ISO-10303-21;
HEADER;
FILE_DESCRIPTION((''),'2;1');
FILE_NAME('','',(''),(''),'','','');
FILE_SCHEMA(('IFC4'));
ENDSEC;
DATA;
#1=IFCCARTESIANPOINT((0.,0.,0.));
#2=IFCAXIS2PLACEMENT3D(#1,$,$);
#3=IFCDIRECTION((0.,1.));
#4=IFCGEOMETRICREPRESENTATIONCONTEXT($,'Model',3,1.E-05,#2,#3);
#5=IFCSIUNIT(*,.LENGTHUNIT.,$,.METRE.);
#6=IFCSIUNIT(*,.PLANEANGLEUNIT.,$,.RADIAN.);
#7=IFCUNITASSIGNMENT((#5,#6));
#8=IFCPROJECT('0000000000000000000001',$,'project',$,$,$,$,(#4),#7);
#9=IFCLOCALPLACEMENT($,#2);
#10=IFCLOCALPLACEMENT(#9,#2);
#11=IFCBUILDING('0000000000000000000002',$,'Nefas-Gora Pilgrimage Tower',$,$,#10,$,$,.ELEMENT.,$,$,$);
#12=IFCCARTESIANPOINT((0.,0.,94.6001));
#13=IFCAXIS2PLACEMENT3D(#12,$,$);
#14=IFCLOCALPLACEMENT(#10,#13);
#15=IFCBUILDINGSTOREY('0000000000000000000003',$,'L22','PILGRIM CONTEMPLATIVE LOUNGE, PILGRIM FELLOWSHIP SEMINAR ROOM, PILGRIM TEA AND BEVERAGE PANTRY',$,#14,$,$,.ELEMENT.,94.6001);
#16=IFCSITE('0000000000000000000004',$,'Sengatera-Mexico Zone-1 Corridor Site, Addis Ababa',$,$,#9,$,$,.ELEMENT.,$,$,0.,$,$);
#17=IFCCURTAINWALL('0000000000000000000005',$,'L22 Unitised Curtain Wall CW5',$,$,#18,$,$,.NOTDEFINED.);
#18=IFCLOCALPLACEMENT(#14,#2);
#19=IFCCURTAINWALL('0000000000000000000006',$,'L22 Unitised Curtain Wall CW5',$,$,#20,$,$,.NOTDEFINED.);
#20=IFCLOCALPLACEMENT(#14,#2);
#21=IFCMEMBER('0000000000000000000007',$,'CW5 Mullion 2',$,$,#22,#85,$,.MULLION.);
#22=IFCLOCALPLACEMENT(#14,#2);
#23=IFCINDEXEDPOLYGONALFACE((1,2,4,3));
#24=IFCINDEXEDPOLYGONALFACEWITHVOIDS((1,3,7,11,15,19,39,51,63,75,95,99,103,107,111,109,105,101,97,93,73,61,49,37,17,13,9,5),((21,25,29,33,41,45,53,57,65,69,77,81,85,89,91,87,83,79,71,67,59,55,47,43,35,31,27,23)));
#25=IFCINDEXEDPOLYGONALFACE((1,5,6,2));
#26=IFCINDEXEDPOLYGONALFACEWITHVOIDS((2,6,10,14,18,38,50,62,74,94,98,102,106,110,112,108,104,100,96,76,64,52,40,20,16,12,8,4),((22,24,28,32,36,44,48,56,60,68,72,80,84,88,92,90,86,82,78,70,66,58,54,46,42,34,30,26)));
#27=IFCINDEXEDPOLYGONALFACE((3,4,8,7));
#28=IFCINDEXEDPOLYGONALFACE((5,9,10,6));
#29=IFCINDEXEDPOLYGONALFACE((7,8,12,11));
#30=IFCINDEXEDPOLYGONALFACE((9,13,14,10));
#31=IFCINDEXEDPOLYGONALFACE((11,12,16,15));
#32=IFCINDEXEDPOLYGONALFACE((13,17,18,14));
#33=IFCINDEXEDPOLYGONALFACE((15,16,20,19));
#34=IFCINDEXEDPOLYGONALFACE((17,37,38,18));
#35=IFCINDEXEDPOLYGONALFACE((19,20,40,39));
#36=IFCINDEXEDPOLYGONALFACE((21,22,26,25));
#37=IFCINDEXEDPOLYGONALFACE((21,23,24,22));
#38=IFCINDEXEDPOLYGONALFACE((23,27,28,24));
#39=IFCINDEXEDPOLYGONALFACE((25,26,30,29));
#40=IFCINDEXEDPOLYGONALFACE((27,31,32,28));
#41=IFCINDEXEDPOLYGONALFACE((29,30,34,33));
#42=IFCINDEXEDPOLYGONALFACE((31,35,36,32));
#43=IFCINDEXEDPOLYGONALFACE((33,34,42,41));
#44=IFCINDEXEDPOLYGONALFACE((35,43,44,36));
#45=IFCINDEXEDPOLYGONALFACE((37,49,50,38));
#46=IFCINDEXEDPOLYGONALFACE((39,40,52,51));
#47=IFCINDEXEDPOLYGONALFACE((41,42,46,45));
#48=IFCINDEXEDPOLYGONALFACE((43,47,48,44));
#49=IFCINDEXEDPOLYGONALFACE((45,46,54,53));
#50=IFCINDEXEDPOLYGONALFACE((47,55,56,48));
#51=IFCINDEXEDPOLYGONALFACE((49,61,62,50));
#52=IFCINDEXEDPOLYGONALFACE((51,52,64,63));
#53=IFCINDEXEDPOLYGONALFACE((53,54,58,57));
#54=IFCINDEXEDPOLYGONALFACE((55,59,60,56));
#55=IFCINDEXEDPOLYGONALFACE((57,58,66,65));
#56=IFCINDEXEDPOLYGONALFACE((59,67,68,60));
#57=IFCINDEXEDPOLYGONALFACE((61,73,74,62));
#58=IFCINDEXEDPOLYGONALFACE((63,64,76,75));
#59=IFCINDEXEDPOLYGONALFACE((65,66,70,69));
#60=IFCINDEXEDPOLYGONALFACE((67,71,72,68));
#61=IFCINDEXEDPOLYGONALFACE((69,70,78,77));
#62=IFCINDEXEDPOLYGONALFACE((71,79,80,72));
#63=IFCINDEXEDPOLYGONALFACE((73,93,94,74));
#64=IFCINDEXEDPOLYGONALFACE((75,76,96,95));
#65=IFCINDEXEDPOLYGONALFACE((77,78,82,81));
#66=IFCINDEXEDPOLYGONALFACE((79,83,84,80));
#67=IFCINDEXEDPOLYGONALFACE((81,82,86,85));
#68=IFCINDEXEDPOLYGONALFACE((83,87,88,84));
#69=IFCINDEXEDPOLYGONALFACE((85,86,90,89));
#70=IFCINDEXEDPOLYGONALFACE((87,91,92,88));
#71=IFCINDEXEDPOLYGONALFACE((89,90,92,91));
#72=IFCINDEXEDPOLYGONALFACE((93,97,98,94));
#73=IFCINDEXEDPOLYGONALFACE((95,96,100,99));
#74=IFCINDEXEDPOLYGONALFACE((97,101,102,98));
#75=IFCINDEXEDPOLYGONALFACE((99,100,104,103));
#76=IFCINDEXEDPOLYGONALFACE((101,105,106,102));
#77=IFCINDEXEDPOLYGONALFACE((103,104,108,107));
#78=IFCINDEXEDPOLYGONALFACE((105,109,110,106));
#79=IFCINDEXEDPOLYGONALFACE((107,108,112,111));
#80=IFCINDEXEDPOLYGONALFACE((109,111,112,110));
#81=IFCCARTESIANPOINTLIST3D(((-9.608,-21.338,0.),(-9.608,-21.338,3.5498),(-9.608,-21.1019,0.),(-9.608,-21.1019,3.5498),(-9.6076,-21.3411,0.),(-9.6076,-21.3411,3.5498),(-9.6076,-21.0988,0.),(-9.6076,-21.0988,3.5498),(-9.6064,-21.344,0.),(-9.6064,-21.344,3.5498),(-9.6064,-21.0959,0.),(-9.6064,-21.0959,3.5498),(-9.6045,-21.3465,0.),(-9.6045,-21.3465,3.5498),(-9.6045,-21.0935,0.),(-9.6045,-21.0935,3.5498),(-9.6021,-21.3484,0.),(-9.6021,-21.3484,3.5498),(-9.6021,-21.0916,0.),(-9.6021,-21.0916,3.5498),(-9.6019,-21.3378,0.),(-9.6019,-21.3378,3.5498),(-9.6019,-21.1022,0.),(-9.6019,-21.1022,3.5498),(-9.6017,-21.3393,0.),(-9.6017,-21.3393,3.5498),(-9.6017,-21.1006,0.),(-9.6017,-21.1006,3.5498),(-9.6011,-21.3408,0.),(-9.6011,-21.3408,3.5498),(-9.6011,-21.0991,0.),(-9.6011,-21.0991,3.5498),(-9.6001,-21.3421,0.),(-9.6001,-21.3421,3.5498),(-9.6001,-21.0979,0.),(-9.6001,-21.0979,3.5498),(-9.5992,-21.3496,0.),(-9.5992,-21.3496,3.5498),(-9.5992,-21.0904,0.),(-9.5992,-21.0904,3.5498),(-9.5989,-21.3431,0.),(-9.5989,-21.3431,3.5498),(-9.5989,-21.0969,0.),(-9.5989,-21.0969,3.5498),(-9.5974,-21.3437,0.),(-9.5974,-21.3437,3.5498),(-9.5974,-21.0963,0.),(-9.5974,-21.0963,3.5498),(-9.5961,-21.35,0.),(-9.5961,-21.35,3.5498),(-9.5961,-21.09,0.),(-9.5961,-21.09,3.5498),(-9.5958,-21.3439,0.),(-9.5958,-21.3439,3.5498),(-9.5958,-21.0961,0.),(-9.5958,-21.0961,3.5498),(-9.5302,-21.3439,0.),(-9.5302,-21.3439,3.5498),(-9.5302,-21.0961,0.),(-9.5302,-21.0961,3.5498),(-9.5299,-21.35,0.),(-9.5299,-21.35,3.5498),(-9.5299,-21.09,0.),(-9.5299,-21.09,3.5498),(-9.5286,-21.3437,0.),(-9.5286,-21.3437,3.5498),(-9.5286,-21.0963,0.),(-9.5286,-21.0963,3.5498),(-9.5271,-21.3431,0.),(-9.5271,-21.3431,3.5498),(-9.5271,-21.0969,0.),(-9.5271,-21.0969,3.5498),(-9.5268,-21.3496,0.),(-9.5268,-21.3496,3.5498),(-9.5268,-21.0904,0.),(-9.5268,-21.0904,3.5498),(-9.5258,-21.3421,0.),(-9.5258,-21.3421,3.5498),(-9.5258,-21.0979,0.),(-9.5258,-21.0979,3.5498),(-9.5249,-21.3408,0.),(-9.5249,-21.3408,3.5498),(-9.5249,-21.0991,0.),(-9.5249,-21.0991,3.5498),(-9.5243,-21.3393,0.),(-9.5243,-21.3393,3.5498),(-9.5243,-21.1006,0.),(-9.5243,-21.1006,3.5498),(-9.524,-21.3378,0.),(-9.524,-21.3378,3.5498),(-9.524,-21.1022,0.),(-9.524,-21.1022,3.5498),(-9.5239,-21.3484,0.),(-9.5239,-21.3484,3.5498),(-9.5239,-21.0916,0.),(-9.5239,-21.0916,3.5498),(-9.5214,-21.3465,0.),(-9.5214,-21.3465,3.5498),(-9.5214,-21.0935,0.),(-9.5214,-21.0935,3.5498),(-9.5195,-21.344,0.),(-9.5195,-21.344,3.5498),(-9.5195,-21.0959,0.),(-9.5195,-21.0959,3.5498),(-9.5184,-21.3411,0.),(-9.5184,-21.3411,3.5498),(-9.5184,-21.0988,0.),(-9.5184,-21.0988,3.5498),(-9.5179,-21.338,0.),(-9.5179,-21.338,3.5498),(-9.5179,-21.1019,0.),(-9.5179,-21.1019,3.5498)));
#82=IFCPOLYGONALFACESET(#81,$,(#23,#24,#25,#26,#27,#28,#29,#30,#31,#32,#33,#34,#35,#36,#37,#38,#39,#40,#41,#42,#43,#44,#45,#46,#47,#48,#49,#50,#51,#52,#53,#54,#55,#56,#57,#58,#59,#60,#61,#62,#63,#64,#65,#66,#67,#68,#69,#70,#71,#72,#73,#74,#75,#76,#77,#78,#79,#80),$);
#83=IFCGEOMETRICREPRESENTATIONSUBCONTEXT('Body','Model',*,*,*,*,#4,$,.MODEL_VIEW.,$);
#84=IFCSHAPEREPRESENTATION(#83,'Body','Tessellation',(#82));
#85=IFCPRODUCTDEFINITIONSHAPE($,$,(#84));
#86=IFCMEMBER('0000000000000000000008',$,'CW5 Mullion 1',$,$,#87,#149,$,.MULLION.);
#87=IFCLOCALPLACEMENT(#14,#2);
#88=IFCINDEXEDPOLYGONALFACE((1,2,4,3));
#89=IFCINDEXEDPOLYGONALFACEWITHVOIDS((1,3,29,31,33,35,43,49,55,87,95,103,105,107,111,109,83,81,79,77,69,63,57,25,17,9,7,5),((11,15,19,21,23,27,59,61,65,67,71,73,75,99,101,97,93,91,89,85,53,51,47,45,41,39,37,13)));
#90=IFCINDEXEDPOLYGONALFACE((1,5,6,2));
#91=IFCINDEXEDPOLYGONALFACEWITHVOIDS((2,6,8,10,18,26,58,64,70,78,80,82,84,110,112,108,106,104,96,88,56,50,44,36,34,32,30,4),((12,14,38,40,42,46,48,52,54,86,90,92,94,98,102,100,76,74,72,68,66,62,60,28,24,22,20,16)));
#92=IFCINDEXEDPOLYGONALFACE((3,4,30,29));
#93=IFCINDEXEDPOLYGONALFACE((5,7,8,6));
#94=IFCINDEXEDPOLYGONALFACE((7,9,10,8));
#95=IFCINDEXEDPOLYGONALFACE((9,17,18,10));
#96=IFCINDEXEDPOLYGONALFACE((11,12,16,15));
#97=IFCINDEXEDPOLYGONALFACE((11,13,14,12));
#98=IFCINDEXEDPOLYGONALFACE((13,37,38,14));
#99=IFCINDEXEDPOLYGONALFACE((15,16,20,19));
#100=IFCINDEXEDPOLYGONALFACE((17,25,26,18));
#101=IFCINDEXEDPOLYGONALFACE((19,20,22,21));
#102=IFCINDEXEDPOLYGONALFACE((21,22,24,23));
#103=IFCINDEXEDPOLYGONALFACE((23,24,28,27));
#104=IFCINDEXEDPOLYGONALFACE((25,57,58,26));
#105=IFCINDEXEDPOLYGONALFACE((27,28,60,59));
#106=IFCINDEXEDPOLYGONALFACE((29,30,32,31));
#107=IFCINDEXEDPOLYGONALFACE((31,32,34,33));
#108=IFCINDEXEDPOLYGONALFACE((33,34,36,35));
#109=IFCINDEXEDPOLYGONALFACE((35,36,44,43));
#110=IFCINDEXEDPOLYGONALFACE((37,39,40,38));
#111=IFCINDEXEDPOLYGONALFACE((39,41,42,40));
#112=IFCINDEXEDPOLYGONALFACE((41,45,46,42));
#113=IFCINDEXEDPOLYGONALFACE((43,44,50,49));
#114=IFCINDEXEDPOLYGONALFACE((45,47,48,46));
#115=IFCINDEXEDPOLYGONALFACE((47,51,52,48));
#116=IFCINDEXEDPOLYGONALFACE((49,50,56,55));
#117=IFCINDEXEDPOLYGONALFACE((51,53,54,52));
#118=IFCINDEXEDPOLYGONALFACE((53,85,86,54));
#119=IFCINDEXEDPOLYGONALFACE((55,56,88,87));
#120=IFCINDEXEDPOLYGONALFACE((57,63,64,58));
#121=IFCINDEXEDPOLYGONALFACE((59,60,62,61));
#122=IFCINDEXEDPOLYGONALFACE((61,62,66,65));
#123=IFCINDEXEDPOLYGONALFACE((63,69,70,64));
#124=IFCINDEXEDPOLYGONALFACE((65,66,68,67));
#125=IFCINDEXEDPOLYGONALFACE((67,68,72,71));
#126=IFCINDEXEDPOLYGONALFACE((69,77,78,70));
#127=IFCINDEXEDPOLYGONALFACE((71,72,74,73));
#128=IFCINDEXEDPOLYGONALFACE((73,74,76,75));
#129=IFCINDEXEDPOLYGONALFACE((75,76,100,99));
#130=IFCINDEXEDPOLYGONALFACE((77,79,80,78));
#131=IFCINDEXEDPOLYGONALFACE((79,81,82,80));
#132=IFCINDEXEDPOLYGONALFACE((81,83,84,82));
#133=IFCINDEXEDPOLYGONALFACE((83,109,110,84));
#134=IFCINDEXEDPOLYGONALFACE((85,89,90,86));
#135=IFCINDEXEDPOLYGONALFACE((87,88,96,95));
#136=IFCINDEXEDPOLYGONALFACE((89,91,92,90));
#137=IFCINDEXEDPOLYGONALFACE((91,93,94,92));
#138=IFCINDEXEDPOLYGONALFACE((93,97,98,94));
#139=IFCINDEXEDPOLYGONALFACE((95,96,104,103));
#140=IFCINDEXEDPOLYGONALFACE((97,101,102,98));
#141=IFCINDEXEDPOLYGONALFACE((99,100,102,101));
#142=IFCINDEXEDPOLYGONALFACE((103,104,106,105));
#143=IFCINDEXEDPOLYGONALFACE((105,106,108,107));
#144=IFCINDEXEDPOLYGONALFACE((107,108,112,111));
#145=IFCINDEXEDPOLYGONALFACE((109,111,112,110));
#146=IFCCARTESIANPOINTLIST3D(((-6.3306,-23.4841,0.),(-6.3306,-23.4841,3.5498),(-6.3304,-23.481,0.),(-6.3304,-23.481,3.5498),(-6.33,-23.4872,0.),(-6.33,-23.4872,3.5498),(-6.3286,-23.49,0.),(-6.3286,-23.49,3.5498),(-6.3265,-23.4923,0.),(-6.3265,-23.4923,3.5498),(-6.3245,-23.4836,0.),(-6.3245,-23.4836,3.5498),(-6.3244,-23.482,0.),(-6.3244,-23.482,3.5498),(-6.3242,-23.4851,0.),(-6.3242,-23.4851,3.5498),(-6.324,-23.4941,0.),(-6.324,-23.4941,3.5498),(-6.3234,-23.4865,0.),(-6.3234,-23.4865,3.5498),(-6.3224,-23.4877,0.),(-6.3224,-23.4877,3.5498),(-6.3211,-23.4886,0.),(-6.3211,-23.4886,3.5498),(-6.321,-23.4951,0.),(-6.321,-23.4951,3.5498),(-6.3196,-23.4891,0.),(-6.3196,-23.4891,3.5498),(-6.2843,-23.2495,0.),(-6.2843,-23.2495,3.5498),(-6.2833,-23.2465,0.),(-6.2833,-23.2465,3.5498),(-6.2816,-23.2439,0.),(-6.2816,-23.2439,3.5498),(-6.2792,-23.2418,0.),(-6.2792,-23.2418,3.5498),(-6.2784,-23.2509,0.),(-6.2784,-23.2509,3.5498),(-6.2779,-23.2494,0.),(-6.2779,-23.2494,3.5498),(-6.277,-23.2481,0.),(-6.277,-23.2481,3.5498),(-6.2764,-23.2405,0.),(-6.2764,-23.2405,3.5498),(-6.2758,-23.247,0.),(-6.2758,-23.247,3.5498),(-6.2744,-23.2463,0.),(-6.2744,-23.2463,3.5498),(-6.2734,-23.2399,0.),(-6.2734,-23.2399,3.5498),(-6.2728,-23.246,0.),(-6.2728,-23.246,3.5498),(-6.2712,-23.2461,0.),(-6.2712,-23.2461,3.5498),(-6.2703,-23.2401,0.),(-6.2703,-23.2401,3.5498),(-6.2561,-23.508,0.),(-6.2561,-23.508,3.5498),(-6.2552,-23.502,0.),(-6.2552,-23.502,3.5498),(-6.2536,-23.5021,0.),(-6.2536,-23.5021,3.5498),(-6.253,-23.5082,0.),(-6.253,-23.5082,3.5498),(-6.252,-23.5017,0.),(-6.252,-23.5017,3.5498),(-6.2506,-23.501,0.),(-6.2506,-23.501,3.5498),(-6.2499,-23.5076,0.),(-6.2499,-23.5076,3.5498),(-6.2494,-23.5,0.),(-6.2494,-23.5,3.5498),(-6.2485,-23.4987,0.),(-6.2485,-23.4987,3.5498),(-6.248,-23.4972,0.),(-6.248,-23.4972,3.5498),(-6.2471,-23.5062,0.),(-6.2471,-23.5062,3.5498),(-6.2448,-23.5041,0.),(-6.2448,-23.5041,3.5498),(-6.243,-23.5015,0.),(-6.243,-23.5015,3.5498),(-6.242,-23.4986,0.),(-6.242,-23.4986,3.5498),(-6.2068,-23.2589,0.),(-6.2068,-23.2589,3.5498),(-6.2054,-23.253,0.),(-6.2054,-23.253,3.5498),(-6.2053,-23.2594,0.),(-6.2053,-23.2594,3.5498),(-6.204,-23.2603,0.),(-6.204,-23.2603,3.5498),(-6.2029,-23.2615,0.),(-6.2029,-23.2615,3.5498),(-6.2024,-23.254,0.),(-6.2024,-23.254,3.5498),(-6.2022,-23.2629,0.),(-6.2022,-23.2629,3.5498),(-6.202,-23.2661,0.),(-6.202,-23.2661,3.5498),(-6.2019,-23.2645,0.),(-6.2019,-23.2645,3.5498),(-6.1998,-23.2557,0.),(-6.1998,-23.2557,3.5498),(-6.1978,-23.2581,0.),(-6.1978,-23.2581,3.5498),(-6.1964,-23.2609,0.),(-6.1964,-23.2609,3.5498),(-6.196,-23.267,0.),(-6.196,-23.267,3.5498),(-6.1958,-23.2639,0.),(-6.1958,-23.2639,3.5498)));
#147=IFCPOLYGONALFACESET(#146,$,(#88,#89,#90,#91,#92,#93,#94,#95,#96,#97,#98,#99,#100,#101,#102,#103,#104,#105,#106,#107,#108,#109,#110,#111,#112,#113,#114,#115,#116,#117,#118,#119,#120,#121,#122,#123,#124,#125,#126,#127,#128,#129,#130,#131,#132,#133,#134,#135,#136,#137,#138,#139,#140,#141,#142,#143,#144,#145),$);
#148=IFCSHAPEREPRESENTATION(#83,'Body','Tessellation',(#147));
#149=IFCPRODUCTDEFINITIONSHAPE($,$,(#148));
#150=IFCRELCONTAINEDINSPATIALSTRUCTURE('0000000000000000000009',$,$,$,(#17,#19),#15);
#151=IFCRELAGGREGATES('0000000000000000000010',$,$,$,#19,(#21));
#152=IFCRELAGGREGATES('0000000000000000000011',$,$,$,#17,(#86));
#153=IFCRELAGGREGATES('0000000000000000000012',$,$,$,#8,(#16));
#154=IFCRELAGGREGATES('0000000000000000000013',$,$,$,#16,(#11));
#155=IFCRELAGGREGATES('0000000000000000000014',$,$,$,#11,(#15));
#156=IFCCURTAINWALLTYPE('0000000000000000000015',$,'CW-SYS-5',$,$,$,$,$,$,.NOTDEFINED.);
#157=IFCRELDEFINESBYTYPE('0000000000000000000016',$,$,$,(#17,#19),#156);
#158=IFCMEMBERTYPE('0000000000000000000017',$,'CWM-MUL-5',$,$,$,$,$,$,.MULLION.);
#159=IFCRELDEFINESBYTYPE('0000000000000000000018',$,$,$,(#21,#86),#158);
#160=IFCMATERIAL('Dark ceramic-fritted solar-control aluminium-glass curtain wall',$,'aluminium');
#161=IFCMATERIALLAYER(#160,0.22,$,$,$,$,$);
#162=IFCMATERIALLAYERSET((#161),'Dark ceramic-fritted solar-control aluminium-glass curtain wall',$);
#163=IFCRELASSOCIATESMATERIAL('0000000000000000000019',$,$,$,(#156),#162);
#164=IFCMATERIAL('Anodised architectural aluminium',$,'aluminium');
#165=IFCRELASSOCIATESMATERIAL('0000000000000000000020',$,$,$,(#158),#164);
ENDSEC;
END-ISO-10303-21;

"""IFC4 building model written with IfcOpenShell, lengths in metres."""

from ifc_helpers import new_model, si_unit, direction, frame, origin, origin_2d, place, context, subcontext, project, spatial, hollow_rectangle, extrude, source, transform, mapped, material, layer, layer_set, material_profile, profile_set, type_object, element, aggregate, save


model = new_model("IFC4")

# Units and contexts
model_context = context("Model", 3, precision=1e-05, world=origin(), true_north=direction((0.0, 1.0)))
body_context = subcontext(model_context, "Body", "Model", "MODEL_VIEW")
ifc_project = project(units=[si_unit("LENGTHUNIT", "METRE"), si_unit("PLANEANGLEUNIT", "RADIAN")], contexts=[model_context])

# Site, building, storey
site_placement = place(None, origin())
site = spatial("IfcSite", under=ifc_project, at=site_placement, Name="Sengatera-Mexico Zone-1 Corridor Site, Addis Ababa", CompositionType="ELEMENT", RefElevation=0.0)
building_placement = place(site_placement, origin())
building = spatial("IfcBuilding", under=site, at=building_placement, Name="Nefas-Gora Pilgrimage Tower", CompositionType="ELEMENT")
storey_placement = place(building_placement, frame((0.0, 0.0, 94.6001)))
storey = spatial("IfcBuildingStorey", under=building, at=storey_placement, Name="L22", Description="PILGRIM CONTEMPLATIVE LOUNGE, PILGRIM FELLOWSHIP SEMINAR ROOM, PILGRIM TEA AND BEVERAGE PANTRY", CompositionType="ELEMENT", Elevation=94.6001)

# Curtain walls, member
ifc_material_1 = material(Name="Dark ceramic-fritted solar-control aluminium-glass curtain wall", Category="aluminium")
ifc_layer_1 = layer(ifc_material_1, 0.22)
ifc_layer_set_1 = layer_set([ifc_layer_1], Name="Dark ceramic-fritted solar-control aluminium-glass curtain wall")
curtain_wall_type = type_object("IfcCurtainWallType", Name="CW-SYS-5", PredefinedType="NOTDEFINED", material=ifc_layer_set_1)
curtain_wall_1_placement = place(storey_placement, origin())
curtain_wall_1 = element("IfcCurtainWall", 1, at=curtain_wall_1_placement, inside=storey, type_object=curtain_wall_type, Name="L22 Unitised Curtain Wall CW5", PredefinedType="NOTDEFINED")
ifc_material_2 = material(Name="Anodised architectural aluminium", Category="aluminium")
curtain_wall_2_placement = place(storey_placement, origin())
curtain_wall_2 = element("IfcCurtainWall", 2, at=curtain_wall_2_placement, inside=storey, type_object=curtain_wall_type, Name="L22 Unitised Curtain Wall CW5", PredefinedType="NOTDEFINED")
ifc_material_profile_1 = material_profile(ifc_material_2, hollow_rectangle(XDim=0.0901, YDim=0.26, WallThickness=0.0061, InnerFilletRadius=0.0061, OuterFilletRadius=0.012, at=origin_2d()), Name="ALU MULLION 90x260")
ifc_profile_set_1 = profile_set([ifc_material_profile_1], Name="Anodised architectural aluminium")
member_type_1 = type_object("IfcMemberType", Name="CWM-MUL-5", PredefinedType="MULLION", material=ifc_profile_set_1)
shared_shape_1 = source(origin(), body_context, "Body", "SweptSolid", [
    extrude(hollow_rectangle(XDim=0.0901, YDim=0.26, WallThickness=0.0061, InnerFilletRadius=0.0061, OuterFilletRadius=0.012, at=origin_2d()), origin(), (0.0, 0.0, 1.0), 3.5498),
])
member_1_placement = place(storey_placement, frame((-9.563, -21.22, 0.0), z_axis=(0.0, 0.0, 1.0), x_axis=(1.0, 0.0, 0.0)))
member_1 = element("IfcMember", 3, at=member_1_placement, type_object=member_type_1, Name="CW5 Mullion 2", PredefinedType="MULLION", context=body_context, shape_type="MappedRepresentation", body=[
    mapped(shared_shape_1, transform((0.0, 0.0, 0.0), x_axis=(1.0, 0.0, 0.0), y_axis=(0.0, 1.0, 0.0), z_axis=(0.0, 0.0, 1.0), scale=1.0)),
])
aggregate(curtain_wall_2, [member_1])

# Member
member_2_placement = place(storey_placement, frame((-6.2632, -23.374, 0.0), z_axis=(0.0, 0.0, 1.0), x_axis=(0.980783, -0.195102, 0.0)))
member_2 = element("IfcMember", 4, at=member_2_placement, type_object=member_type_1, Name="CW5 Mullion 1", PredefinedType="MULLION", context=body_context, shape_type="MappedRepresentation", body=[
    mapped(shared_shape_1, transform((0.0, 0.0, 0.0), x_axis=(1.0, 0.0, 0.0), y_axis=(0.0, 1.0, 0.0), z_axis=(0.0, 0.0, 1.0), scale=1.0)),
])

aggregate(curtain_wall_1, [member_2])

save(model, "model.ifc")
